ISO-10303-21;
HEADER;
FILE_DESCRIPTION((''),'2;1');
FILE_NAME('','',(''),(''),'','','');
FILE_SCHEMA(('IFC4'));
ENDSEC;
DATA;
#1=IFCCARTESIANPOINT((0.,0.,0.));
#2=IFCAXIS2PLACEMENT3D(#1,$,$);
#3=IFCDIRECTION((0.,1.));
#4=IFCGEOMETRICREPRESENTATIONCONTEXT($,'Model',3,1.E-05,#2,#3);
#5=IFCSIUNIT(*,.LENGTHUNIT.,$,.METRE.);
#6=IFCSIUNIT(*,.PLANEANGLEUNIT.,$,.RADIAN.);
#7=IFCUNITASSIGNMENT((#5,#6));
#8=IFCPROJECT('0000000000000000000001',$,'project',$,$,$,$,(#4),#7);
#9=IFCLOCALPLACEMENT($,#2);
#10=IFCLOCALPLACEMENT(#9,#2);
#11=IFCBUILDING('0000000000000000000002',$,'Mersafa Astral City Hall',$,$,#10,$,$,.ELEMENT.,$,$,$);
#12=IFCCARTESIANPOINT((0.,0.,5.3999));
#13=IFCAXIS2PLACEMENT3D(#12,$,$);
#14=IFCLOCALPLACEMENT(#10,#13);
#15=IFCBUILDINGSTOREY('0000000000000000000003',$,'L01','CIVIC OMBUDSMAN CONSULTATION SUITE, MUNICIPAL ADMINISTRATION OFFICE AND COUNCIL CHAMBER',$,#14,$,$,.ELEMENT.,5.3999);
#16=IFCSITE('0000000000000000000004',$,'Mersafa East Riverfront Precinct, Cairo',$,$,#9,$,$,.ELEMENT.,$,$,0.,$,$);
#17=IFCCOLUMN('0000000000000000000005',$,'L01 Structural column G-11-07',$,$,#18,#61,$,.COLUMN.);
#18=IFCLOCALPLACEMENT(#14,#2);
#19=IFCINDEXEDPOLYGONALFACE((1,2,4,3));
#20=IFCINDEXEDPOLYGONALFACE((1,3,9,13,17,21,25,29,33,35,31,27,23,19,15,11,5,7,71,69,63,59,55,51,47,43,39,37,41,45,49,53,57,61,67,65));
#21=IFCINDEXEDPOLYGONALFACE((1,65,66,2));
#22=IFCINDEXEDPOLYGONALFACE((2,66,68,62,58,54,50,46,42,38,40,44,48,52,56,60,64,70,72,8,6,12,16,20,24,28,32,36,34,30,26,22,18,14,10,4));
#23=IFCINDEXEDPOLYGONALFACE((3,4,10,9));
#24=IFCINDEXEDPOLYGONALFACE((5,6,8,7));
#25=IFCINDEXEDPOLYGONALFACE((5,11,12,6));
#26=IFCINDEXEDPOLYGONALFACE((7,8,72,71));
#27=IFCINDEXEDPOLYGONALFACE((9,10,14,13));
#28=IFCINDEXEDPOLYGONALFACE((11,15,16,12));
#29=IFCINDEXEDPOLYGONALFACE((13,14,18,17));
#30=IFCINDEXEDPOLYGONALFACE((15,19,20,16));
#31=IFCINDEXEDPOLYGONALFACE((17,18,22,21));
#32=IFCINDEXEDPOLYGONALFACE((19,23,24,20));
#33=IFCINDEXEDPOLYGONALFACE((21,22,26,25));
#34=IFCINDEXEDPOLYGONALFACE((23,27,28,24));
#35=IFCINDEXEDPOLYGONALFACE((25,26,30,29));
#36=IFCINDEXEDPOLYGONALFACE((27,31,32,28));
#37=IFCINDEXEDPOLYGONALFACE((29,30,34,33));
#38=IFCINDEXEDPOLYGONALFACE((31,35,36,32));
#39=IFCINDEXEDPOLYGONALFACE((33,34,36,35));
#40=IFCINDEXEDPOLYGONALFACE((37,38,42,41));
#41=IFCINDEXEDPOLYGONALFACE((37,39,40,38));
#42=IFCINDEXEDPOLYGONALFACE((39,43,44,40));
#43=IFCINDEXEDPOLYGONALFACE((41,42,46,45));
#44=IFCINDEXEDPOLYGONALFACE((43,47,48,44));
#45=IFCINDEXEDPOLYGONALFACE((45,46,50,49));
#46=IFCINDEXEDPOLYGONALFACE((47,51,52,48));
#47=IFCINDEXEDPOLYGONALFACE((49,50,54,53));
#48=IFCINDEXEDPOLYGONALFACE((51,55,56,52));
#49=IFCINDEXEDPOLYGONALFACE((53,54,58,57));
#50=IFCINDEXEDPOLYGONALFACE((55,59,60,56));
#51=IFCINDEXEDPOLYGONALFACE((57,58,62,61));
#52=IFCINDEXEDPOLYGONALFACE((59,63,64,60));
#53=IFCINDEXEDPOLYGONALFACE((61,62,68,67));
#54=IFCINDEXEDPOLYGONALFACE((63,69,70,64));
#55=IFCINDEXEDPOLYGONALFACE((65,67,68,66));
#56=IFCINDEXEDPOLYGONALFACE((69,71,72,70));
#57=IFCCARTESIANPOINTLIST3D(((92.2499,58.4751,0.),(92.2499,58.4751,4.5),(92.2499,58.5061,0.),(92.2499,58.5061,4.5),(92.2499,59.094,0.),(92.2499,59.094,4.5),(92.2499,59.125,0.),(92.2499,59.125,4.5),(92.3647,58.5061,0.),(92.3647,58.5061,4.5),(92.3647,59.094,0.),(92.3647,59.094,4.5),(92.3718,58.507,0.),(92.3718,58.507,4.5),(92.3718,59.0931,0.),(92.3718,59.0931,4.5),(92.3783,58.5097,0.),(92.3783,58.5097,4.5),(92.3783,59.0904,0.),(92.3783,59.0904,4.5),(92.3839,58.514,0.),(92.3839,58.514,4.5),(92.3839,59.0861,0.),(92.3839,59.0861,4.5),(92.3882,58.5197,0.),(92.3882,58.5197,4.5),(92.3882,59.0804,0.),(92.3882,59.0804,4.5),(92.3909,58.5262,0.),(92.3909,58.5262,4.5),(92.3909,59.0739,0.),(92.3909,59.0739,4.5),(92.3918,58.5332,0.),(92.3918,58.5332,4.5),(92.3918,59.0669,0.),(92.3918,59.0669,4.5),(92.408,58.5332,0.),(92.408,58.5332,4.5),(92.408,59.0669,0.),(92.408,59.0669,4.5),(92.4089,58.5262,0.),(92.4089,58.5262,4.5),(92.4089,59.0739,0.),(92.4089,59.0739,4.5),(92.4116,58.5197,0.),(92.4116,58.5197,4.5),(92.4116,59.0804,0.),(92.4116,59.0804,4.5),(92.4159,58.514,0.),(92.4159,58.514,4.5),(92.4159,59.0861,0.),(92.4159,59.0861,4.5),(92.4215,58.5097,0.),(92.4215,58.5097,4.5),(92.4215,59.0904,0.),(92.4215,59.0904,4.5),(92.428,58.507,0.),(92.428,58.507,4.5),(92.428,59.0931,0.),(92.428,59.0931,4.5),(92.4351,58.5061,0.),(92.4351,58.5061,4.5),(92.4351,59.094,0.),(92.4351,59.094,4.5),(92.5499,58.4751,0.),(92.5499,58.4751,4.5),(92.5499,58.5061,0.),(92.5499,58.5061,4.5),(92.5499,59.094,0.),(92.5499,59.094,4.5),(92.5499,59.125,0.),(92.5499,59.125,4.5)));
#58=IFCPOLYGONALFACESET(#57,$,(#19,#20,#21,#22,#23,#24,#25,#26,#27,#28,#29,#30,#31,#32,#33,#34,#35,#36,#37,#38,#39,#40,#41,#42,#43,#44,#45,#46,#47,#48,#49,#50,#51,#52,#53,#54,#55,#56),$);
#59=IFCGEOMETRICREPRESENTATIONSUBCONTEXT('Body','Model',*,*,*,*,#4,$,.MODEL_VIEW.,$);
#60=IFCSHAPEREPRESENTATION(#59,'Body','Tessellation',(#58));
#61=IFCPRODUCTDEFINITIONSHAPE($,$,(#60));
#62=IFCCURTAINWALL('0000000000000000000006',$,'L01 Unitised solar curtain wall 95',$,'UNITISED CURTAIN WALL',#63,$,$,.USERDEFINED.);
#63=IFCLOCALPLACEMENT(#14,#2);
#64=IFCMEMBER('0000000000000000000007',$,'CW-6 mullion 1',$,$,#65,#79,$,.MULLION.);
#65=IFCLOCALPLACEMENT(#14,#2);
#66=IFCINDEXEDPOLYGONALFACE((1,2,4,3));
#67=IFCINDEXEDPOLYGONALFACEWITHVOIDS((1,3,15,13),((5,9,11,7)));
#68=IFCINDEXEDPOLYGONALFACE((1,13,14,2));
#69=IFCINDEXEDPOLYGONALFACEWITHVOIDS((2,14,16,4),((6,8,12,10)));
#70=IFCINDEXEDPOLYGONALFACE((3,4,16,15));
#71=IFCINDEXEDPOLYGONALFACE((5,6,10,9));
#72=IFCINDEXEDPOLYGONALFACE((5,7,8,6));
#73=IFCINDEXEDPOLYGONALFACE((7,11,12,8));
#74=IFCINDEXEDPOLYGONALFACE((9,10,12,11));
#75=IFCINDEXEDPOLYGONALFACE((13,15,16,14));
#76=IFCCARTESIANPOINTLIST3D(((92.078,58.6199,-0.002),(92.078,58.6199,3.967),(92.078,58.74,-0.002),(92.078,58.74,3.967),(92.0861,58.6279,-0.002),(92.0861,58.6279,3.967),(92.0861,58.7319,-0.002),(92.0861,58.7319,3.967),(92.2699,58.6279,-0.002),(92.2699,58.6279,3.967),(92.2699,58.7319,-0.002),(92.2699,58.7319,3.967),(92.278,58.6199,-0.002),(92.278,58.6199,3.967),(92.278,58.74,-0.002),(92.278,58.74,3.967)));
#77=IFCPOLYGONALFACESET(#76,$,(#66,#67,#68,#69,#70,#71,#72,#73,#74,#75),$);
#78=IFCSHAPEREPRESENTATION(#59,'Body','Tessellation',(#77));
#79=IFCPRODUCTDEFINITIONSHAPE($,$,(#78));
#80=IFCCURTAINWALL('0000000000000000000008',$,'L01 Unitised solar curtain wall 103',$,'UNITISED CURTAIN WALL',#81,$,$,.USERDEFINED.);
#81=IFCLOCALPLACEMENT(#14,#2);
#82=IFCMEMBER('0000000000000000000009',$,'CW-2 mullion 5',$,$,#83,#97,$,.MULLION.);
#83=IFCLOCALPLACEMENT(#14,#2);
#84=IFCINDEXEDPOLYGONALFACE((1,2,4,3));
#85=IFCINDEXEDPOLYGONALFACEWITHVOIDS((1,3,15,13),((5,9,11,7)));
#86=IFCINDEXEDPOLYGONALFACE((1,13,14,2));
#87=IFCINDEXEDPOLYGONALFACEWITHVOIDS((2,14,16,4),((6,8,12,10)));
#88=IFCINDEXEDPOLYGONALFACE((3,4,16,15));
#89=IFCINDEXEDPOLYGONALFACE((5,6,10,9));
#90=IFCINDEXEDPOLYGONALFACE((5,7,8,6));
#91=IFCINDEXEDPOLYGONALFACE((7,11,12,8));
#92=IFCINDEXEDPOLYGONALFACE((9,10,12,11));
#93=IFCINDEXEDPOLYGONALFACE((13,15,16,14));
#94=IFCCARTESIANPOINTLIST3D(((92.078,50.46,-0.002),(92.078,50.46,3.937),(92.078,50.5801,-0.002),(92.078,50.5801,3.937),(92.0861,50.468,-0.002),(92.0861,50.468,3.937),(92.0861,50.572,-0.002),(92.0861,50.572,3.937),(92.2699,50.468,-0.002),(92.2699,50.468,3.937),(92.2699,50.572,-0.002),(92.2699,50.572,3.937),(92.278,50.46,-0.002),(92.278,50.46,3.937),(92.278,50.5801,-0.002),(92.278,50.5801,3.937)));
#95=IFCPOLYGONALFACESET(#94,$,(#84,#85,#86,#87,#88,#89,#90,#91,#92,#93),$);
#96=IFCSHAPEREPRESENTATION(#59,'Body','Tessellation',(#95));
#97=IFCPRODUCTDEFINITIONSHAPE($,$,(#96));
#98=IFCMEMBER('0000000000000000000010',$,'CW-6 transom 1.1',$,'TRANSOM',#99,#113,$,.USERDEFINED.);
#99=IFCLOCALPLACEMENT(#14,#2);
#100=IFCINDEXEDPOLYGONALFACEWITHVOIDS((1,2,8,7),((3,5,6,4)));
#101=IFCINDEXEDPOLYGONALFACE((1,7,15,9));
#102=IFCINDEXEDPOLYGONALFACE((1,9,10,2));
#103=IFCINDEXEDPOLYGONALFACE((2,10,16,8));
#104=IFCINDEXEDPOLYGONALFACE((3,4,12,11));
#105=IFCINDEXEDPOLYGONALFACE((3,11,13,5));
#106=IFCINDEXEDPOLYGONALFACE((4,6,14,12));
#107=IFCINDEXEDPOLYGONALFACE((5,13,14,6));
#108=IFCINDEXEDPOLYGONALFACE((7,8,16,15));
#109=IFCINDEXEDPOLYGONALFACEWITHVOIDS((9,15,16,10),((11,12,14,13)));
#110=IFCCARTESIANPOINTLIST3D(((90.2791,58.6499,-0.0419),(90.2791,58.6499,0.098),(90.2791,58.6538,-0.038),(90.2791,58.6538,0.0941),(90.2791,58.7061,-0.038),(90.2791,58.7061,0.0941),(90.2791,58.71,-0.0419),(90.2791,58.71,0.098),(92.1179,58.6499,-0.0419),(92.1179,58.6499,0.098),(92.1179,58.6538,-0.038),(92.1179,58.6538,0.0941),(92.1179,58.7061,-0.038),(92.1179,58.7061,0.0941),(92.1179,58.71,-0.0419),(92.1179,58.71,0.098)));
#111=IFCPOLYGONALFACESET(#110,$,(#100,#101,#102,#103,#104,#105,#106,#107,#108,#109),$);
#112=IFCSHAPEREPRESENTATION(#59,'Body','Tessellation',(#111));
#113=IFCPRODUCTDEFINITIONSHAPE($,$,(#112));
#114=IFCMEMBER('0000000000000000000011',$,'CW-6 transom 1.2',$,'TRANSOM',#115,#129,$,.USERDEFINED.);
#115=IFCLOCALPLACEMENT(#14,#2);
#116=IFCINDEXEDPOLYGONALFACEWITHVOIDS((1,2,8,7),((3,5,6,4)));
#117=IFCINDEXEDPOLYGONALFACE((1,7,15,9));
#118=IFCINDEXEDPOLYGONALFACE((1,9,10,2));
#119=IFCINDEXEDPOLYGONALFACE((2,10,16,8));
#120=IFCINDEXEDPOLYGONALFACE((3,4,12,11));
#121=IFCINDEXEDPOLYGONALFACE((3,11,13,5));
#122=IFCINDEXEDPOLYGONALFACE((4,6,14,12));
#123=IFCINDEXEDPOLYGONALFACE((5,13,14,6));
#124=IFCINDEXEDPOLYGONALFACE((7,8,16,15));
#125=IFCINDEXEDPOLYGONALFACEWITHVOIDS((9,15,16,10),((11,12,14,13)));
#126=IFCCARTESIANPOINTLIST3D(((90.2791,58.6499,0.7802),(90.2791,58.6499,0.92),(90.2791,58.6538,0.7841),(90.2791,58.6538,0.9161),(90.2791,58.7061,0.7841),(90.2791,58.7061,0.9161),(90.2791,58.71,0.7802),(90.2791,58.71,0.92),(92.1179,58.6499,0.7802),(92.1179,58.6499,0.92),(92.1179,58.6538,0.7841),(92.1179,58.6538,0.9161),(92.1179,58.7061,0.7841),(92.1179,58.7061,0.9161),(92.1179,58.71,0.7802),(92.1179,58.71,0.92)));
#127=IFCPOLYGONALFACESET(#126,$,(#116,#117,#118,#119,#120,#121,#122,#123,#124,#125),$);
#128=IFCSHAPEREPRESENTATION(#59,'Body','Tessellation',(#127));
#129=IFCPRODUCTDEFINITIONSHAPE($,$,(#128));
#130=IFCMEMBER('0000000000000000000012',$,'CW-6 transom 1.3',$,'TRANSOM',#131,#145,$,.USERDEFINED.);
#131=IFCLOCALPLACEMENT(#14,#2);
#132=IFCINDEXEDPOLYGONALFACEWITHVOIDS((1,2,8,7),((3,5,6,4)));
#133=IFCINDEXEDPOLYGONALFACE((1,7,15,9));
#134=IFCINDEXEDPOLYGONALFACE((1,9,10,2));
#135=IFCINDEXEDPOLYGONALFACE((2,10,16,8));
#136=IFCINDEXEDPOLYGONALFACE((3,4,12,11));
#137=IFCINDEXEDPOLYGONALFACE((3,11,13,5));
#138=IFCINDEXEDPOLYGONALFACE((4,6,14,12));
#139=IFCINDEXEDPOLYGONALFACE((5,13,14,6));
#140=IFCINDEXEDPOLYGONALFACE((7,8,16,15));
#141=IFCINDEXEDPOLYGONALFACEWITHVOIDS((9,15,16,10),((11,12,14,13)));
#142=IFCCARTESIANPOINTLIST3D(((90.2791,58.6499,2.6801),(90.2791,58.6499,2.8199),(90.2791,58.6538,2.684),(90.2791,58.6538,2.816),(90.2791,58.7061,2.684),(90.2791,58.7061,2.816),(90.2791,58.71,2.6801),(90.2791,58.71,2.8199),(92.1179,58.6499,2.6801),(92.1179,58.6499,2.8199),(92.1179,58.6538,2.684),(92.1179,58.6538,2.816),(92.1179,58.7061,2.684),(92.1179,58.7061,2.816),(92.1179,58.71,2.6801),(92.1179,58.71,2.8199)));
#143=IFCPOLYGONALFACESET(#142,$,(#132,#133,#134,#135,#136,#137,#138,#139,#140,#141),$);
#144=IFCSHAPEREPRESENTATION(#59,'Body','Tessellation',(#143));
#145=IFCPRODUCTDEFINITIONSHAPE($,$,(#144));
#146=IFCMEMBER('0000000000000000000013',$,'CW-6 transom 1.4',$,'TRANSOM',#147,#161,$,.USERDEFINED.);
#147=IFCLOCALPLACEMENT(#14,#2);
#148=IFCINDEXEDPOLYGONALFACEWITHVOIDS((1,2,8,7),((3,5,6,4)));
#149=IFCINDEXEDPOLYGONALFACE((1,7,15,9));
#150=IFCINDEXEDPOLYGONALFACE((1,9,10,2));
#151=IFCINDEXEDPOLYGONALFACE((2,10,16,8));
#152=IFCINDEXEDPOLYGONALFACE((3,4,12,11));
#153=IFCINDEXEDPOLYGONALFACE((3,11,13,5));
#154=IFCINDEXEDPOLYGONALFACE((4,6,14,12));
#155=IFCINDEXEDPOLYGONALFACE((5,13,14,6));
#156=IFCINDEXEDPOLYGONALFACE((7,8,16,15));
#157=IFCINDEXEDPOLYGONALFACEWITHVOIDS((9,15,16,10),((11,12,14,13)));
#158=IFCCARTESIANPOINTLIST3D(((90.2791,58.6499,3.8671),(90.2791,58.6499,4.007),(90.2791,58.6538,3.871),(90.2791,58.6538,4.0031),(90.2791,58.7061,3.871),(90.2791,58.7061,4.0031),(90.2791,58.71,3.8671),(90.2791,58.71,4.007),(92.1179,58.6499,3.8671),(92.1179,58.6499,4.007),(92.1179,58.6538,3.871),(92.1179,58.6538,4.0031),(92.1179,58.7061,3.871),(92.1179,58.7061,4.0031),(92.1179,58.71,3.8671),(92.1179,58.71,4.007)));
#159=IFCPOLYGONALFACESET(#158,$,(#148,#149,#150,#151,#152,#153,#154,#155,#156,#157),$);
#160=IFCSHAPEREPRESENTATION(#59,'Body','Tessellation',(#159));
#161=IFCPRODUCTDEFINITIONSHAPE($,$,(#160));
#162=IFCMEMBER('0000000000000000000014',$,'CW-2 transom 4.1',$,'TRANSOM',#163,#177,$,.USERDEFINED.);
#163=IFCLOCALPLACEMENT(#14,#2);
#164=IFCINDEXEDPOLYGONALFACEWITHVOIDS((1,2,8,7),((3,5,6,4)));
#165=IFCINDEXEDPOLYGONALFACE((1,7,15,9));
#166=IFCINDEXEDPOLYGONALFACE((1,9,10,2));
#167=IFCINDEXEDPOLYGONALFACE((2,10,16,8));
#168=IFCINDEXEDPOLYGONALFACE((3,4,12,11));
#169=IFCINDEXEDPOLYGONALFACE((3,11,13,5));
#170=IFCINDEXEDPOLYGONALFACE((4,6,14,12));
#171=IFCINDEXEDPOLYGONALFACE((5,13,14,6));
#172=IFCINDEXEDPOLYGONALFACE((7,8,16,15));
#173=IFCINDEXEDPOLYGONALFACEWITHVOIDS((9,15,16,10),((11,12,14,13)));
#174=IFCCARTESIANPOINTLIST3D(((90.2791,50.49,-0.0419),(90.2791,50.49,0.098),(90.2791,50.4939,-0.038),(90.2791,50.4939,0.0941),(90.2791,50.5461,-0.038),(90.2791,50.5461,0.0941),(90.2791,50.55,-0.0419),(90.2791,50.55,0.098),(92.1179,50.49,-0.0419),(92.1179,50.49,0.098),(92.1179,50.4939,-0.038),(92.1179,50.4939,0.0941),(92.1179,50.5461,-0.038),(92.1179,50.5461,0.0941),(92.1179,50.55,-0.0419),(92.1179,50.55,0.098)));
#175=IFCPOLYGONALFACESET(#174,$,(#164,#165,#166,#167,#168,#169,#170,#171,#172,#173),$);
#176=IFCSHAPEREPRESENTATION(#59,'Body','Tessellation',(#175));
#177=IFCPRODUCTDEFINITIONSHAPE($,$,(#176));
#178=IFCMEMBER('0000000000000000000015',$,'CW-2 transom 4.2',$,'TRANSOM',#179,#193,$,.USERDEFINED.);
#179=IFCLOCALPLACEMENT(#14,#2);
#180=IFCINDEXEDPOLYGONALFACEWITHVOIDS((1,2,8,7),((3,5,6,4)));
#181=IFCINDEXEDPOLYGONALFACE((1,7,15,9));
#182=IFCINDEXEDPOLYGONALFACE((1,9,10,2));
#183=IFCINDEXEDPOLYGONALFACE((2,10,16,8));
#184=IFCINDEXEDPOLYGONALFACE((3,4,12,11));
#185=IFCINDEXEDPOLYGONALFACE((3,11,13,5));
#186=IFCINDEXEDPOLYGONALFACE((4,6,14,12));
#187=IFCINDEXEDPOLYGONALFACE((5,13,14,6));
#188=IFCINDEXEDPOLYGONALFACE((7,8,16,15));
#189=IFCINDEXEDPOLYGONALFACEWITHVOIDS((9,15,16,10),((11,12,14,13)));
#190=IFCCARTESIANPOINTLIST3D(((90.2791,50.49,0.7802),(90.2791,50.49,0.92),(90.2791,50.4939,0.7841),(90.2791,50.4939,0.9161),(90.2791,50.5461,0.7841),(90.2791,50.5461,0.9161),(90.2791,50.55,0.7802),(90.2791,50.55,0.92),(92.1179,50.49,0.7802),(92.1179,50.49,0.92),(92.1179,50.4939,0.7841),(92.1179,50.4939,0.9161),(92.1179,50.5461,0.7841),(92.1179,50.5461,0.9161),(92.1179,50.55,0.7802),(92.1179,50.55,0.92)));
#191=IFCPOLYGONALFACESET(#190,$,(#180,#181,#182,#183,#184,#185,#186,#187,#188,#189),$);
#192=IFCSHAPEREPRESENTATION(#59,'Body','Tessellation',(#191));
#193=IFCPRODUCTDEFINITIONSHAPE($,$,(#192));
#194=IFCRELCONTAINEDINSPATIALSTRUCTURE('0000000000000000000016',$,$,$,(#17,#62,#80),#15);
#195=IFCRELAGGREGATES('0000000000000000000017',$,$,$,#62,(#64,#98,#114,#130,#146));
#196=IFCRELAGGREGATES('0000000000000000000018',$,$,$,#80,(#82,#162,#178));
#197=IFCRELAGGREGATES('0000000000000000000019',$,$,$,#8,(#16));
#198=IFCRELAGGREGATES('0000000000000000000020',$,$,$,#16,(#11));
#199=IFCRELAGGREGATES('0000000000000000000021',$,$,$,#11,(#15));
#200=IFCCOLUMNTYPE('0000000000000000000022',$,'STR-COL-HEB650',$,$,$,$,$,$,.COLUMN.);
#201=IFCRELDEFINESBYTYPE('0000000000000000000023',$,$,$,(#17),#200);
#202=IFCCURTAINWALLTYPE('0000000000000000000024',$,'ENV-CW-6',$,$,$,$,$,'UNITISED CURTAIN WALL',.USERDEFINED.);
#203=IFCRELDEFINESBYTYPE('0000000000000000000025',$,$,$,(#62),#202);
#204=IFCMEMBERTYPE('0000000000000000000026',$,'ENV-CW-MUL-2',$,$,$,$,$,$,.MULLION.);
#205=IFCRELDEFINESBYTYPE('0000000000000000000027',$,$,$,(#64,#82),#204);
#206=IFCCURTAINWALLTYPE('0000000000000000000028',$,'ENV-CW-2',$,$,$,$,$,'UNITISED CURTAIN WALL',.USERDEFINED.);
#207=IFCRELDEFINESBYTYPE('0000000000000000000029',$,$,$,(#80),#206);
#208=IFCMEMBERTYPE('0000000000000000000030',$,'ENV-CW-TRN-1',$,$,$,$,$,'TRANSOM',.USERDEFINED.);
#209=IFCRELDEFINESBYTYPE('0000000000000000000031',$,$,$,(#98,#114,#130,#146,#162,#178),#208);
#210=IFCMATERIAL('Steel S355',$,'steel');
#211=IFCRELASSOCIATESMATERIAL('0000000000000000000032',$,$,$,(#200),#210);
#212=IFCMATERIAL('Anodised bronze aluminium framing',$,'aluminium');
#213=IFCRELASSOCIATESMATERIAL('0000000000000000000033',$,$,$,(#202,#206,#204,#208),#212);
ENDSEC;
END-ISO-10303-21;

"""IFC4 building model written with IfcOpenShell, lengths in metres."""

from ifc_helpers import new_model, si_unit, direction, frame, origin, origin_2d, place, context, subcontext, project, spatial, hollow_rectangle, i_section, extrude, material, material_profile, profile_set, type_object, element, aggregate, save


model = new_model("IFC4")

# Units and contexts
model_context = context("Model", 3, precision=1e-05, world=origin(), true_north=direction((0.0, 1.0)))
body_context = subcontext(model_context, "Body", "Model", "MODEL_VIEW")
ifc_project = project(units=[si_unit("LENGTHUNIT", "METRE"), si_unit("PLANEANGLEUNIT", "RADIAN")], contexts=[model_context])

# Site, building, storey
site_placement = place(None, origin())
site = spatial("IfcSite", under=ifc_project, at=site_placement, Name="Mersafa East Riverfront Precinct, Cairo", CompositionType="ELEMENT", RefElevation=0.0)
building_placement = place(site_placement, origin())
building = spatial("IfcBuilding", under=site, at=building_placement, Name="Mersafa Astral City Hall", CompositionType="ELEMENT")
storey_placement = place(building_placement, frame((0.0, 0.0, 5.3999)))
storey = spatial("IfcBuildingStorey", under=building, at=storey_placement, Name="L01", Description="CIVIC OMBUDSMAN CONSULTATION SUITE, MUNICIPAL ADMINISTRATION OFFICE AND COUNCIL CHAMBER", CompositionType="ELEMENT", Elevation=5.3999)

# Column
ifc_material_1 = material(Name="Steel S355", Category="steel")
ifc_material_profile_1 = material_profile(ifc_material_1, i_section(OverallWidth=0.3, OverallDepth=0.6499, WebThickness=0.0161, FlangeThickness=0.031, FilletRadius=0.0271, at=origin_2d()), Name="HEB 650")
ifc_profile_set_1 = profile_set([ifc_material_profile_1], Name="Steel S355")
column_type = type_object("IfcColumnType", Name="STR-COL-HEB650", PredefinedType="COLUMN", material=ifc_profile_set_1)
column_placement = place(storey_placement, frame((92.3999, 58.8, 0.0), z_axis=(0.0, 0.0, 1.0), x_axis=(1.0, 0.0, 0.0)))
element("IfcColumn", 1, at=column_placement, inside=storey, type_object=column_type, Name="L01 Structural column G-11-07", PredefinedType="COLUMN", context=body_context, shape_type="SweptSolid", body=[
    extrude(i_section(OverallWidth=0.3, OverallDepth=0.6499, WebThickness=0.0161, FlangeThickness=0.031, FilletRadius=0.0271, at=origin_2d()), origin(), (0.0, 0.0, 1.0), 4.5),
])

# Curtain walls, members
ifc_material_2 = material(Name="Anodised bronze aluminium framing", Category="aluminium")
curtain_wall_type_1 = type_object("IfcCurtainWallType", Name="ENV-CW-6", ElementType="UNITISED CURTAIN WALL", PredefinedType="USERDEFINED", material=ifc_material_2)
curtain_wall_1_placement = place(storey_placement, origin())
curtain_wall_1 = element("IfcCurtainWall", 2, at=curtain_wall_1_placement, inside=storey, type_object=curtain_wall_type_1, Name="L01 Unitised solar curtain wall 95", ObjectType="UNITISED CURTAIN WALL", PredefinedType="USERDEFINED")
ifc_material_profile_2 = material_profile(ifc_material_2, hollow_rectangle(XDim=0.1201, YDim=0.2, WallThickness=0.0081, at=origin_2d()), Name="RHS 120x200x8")
ifc_profile_set_2 = profile_set([ifc_material_profile_2], Name="Anodised bronze aluminium framing")
member_type_1 = type_object("IfcMemberType", Name="ENV-CW-MUL-2", PredefinedType="MULLION", material=ifc_profile_set_2)
member_1_placement = place(storey_placement, frame((92.178, 58.6799, -0.002), z_axis=(0.0, 0.0, 1.0), x_axis=(0.0, -1.0, 0.0)))
member_1 = element("IfcMember", 3, at=member_1_placement, type_object=member_type_1, Name="CW-6 mullion 1", PredefinedType="MULLION", context=body_context, shape_type="SweptSolid", body=[
    extrude(hollow_rectangle(XDim=0.1201, YDim=0.2, WallThickness=0.0081, at=origin_2d()), origin(), (0.0, 0.0, 1.0), 3.969),
])
curtain_wall_type_2 = type_object("IfcCurtainWallType", Name="ENV-CW-2", ElementType="UNITISED CURTAIN WALL", PredefinedType="USERDEFINED", material=ifc_material_2)
curtain_wall_2_placement = place(storey_placement, origin())
curtain_wall_2 = element("IfcCurtainWall", 4, at=curtain_wall_2_placement, inside=storey, type_object=curtain_wall_type_2, Name="L01 Unitised solar curtain wall 103", ObjectType="UNITISED CURTAIN WALL", PredefinedType="USERDEFINED")
member_2_placement = place(storey_placement, frame((92.178, 50.52, -0.002), z_axis=(0.0, 0.0, 1.0), x_axis=(0.0, 1.0, 0.0)))
member_2 = element("IfcMember", 5, at=member_2_placement, type_object=member_type_1, Name="CW-2 mullion 5", PredefinedType="MULLION", context=body_context, shape_type="SweptSolid", body=[
    extrude(hollow_rectangle(XDim=0.1201, YDim=0.2, WallThickness=0.0081, at=origin_2d()), origin(), (0.0, 0.0, 1.0), 3.939),
])

# Members
ifc_material_profile_3 = material_profile(ifc_material_2, hollow_rectangle(XDim=0.0601, YDim=0.1399, WallThickness=0.0039, at=origin_2d()), Name="RHS 60x140x4")
ifc_profile_set_3 = profile_set([ifc_material_profile_3], Name="Anodised bronze aluminium framing")
member_type_2 = type_object("IfcMemberType", Name="ENV-CW-TRN-1", ElementType="TRANSOM", PredefinedType="USERDEFINED", material=ifc_profile_set_3)
member_3_placement = place(storey_placement, frame((92.1179, 58.6799, 0.0281), z_axis=(-1.0, 0.0, 0.0), x_axis=(0.0, -1.0, 0.0)))
member_3 = element("IfcMember", 6, at=member_3_placement, type_object=member_type_2, Name="CW-6 transom 1.1", ObjectType="TRANSOM", PredefinedType="USERDEFINED", context=body_context, shape_type="SweptSolid", body=[
    extrude(hollow_rectangle(XDim=0.0601, YDim=0.1399, WallThickness=0.0039, at=origin_2d()), origin(), (0.0, 0.0, 1.0), 1.8389),
])
member_4_placement = place(storey_placement, frame((92.1179, 58.6799, 0.8501), z_axis=(-1.0, 0.0, 0.0), x_axis=(0.0, -1.0, 0.0)))
member_4 = element("IfcMember", 7, at=member_4_placement, type_object=member_type_2, Name="CW-6 transom 1.2", ObjectType="TRANSOM", PredefinedType="USERDEFINED", context=body_context, shape_type="SweptSolid", body=[
    extrude(hollow_rectangle(XDim=0.0601, YDim=0.1399, WallThickness=0.0039, at=origin_2d()), origin(), (0.0, 0.0, 1.0), 1.8389),
])
member_5_placement = place(storey_placement, frame((92.1179, 58.6799, 2.75), z_axis=(-1.0, 0.0, 0.0), x_axis=(0.0, -1.0, 0.0)))
member_5 = element("IfcMember", 8, at=member_5_placement, type_object=member_type_2, Name="CW-6 transom 1.3", ObjectType="TRANSOM", PredefinedType="USERDEFINED", context=body_context, shape_type="SweptSolid", body=[
    extrude(hollow_rectangle(XDim=0.0601, YDim=0.1399, WallThickness=0.0039, at=origin_2d()), origin(), (0.0, 0.0, 1.0), 1.8389),
])
member_6_placement = place(storey_placement, frame((92.1179, 58.6799, 3.937), z_axis=(-1.0, 0.0, 0.0), x_axis=(0.0, -1.0, 0.0)))
member_6 = element("IfcMember", 9, at=member_6_placement, type_object=member_type_2, Name="CW-6 transom 1.4", ObjectType="TRANSOM", PredefinedType="USERDEFINED", context=body_context, shape_type="SweptSolid", body=[
    extrude(hollow_rectangle(XDim=0.0601, YDim=0.1399, WallThickness=0.0039, at=origin_2d()), origin(), (0.0, 0.0, 1.0), 1.8389),
])
member_7_placement = place(storey_placement, frame((90.2791, 50.52, 0.0281), z_axis=(1.0, 0.0, 0.0), x_axis=(0.0, 1.0, 0.0)))
member_7 = element("IfcMember", 10, at=member_7_placement, type_object=member_type_2, Name="CW-2 transom 4.1", ObjectType="TRANSOM", PredefinedType="USERDEFINED", context=body_context, shape_type="SweptSolid", body=[
    extrude(hollow_rectangle(XDim=0.0601, YDim=0.1399, WallThickness=0.0039, at=origin_2d()), origin(), (0.0, 0.0, 1.0), 1.8389),
])
member_8_placement = place(storey_placement, frame((90.2791, 50.52, 0.8501), z_axis=(1.0, 0.0, 0.0), x_axis=(0.0, 1.0, 0.0)))
member_8 = element("IfcMember", 11, at=member_8_placement, type_object=member_type_2, Name="CW-2 transom 4.2", ObjectType="TRANSOM", PredefinedType="USERDEFINED", context=body_context, shape_type="SweptSolid", body=[
    extrude(hollow_rectangle(XDim=0.0601, YDim=0.1399, WallThickness=0.0039, at=origin_2d()), origin(), (0.0, 0.0, 1.0), 1.8389),
])

aggregate(curtain_wall_1, [member_1, member_3, member_4, member_5, member_6])
aggregate(curtain_wall_2, [member_2, member_7, member_8])

save(model, "model.ifc")
